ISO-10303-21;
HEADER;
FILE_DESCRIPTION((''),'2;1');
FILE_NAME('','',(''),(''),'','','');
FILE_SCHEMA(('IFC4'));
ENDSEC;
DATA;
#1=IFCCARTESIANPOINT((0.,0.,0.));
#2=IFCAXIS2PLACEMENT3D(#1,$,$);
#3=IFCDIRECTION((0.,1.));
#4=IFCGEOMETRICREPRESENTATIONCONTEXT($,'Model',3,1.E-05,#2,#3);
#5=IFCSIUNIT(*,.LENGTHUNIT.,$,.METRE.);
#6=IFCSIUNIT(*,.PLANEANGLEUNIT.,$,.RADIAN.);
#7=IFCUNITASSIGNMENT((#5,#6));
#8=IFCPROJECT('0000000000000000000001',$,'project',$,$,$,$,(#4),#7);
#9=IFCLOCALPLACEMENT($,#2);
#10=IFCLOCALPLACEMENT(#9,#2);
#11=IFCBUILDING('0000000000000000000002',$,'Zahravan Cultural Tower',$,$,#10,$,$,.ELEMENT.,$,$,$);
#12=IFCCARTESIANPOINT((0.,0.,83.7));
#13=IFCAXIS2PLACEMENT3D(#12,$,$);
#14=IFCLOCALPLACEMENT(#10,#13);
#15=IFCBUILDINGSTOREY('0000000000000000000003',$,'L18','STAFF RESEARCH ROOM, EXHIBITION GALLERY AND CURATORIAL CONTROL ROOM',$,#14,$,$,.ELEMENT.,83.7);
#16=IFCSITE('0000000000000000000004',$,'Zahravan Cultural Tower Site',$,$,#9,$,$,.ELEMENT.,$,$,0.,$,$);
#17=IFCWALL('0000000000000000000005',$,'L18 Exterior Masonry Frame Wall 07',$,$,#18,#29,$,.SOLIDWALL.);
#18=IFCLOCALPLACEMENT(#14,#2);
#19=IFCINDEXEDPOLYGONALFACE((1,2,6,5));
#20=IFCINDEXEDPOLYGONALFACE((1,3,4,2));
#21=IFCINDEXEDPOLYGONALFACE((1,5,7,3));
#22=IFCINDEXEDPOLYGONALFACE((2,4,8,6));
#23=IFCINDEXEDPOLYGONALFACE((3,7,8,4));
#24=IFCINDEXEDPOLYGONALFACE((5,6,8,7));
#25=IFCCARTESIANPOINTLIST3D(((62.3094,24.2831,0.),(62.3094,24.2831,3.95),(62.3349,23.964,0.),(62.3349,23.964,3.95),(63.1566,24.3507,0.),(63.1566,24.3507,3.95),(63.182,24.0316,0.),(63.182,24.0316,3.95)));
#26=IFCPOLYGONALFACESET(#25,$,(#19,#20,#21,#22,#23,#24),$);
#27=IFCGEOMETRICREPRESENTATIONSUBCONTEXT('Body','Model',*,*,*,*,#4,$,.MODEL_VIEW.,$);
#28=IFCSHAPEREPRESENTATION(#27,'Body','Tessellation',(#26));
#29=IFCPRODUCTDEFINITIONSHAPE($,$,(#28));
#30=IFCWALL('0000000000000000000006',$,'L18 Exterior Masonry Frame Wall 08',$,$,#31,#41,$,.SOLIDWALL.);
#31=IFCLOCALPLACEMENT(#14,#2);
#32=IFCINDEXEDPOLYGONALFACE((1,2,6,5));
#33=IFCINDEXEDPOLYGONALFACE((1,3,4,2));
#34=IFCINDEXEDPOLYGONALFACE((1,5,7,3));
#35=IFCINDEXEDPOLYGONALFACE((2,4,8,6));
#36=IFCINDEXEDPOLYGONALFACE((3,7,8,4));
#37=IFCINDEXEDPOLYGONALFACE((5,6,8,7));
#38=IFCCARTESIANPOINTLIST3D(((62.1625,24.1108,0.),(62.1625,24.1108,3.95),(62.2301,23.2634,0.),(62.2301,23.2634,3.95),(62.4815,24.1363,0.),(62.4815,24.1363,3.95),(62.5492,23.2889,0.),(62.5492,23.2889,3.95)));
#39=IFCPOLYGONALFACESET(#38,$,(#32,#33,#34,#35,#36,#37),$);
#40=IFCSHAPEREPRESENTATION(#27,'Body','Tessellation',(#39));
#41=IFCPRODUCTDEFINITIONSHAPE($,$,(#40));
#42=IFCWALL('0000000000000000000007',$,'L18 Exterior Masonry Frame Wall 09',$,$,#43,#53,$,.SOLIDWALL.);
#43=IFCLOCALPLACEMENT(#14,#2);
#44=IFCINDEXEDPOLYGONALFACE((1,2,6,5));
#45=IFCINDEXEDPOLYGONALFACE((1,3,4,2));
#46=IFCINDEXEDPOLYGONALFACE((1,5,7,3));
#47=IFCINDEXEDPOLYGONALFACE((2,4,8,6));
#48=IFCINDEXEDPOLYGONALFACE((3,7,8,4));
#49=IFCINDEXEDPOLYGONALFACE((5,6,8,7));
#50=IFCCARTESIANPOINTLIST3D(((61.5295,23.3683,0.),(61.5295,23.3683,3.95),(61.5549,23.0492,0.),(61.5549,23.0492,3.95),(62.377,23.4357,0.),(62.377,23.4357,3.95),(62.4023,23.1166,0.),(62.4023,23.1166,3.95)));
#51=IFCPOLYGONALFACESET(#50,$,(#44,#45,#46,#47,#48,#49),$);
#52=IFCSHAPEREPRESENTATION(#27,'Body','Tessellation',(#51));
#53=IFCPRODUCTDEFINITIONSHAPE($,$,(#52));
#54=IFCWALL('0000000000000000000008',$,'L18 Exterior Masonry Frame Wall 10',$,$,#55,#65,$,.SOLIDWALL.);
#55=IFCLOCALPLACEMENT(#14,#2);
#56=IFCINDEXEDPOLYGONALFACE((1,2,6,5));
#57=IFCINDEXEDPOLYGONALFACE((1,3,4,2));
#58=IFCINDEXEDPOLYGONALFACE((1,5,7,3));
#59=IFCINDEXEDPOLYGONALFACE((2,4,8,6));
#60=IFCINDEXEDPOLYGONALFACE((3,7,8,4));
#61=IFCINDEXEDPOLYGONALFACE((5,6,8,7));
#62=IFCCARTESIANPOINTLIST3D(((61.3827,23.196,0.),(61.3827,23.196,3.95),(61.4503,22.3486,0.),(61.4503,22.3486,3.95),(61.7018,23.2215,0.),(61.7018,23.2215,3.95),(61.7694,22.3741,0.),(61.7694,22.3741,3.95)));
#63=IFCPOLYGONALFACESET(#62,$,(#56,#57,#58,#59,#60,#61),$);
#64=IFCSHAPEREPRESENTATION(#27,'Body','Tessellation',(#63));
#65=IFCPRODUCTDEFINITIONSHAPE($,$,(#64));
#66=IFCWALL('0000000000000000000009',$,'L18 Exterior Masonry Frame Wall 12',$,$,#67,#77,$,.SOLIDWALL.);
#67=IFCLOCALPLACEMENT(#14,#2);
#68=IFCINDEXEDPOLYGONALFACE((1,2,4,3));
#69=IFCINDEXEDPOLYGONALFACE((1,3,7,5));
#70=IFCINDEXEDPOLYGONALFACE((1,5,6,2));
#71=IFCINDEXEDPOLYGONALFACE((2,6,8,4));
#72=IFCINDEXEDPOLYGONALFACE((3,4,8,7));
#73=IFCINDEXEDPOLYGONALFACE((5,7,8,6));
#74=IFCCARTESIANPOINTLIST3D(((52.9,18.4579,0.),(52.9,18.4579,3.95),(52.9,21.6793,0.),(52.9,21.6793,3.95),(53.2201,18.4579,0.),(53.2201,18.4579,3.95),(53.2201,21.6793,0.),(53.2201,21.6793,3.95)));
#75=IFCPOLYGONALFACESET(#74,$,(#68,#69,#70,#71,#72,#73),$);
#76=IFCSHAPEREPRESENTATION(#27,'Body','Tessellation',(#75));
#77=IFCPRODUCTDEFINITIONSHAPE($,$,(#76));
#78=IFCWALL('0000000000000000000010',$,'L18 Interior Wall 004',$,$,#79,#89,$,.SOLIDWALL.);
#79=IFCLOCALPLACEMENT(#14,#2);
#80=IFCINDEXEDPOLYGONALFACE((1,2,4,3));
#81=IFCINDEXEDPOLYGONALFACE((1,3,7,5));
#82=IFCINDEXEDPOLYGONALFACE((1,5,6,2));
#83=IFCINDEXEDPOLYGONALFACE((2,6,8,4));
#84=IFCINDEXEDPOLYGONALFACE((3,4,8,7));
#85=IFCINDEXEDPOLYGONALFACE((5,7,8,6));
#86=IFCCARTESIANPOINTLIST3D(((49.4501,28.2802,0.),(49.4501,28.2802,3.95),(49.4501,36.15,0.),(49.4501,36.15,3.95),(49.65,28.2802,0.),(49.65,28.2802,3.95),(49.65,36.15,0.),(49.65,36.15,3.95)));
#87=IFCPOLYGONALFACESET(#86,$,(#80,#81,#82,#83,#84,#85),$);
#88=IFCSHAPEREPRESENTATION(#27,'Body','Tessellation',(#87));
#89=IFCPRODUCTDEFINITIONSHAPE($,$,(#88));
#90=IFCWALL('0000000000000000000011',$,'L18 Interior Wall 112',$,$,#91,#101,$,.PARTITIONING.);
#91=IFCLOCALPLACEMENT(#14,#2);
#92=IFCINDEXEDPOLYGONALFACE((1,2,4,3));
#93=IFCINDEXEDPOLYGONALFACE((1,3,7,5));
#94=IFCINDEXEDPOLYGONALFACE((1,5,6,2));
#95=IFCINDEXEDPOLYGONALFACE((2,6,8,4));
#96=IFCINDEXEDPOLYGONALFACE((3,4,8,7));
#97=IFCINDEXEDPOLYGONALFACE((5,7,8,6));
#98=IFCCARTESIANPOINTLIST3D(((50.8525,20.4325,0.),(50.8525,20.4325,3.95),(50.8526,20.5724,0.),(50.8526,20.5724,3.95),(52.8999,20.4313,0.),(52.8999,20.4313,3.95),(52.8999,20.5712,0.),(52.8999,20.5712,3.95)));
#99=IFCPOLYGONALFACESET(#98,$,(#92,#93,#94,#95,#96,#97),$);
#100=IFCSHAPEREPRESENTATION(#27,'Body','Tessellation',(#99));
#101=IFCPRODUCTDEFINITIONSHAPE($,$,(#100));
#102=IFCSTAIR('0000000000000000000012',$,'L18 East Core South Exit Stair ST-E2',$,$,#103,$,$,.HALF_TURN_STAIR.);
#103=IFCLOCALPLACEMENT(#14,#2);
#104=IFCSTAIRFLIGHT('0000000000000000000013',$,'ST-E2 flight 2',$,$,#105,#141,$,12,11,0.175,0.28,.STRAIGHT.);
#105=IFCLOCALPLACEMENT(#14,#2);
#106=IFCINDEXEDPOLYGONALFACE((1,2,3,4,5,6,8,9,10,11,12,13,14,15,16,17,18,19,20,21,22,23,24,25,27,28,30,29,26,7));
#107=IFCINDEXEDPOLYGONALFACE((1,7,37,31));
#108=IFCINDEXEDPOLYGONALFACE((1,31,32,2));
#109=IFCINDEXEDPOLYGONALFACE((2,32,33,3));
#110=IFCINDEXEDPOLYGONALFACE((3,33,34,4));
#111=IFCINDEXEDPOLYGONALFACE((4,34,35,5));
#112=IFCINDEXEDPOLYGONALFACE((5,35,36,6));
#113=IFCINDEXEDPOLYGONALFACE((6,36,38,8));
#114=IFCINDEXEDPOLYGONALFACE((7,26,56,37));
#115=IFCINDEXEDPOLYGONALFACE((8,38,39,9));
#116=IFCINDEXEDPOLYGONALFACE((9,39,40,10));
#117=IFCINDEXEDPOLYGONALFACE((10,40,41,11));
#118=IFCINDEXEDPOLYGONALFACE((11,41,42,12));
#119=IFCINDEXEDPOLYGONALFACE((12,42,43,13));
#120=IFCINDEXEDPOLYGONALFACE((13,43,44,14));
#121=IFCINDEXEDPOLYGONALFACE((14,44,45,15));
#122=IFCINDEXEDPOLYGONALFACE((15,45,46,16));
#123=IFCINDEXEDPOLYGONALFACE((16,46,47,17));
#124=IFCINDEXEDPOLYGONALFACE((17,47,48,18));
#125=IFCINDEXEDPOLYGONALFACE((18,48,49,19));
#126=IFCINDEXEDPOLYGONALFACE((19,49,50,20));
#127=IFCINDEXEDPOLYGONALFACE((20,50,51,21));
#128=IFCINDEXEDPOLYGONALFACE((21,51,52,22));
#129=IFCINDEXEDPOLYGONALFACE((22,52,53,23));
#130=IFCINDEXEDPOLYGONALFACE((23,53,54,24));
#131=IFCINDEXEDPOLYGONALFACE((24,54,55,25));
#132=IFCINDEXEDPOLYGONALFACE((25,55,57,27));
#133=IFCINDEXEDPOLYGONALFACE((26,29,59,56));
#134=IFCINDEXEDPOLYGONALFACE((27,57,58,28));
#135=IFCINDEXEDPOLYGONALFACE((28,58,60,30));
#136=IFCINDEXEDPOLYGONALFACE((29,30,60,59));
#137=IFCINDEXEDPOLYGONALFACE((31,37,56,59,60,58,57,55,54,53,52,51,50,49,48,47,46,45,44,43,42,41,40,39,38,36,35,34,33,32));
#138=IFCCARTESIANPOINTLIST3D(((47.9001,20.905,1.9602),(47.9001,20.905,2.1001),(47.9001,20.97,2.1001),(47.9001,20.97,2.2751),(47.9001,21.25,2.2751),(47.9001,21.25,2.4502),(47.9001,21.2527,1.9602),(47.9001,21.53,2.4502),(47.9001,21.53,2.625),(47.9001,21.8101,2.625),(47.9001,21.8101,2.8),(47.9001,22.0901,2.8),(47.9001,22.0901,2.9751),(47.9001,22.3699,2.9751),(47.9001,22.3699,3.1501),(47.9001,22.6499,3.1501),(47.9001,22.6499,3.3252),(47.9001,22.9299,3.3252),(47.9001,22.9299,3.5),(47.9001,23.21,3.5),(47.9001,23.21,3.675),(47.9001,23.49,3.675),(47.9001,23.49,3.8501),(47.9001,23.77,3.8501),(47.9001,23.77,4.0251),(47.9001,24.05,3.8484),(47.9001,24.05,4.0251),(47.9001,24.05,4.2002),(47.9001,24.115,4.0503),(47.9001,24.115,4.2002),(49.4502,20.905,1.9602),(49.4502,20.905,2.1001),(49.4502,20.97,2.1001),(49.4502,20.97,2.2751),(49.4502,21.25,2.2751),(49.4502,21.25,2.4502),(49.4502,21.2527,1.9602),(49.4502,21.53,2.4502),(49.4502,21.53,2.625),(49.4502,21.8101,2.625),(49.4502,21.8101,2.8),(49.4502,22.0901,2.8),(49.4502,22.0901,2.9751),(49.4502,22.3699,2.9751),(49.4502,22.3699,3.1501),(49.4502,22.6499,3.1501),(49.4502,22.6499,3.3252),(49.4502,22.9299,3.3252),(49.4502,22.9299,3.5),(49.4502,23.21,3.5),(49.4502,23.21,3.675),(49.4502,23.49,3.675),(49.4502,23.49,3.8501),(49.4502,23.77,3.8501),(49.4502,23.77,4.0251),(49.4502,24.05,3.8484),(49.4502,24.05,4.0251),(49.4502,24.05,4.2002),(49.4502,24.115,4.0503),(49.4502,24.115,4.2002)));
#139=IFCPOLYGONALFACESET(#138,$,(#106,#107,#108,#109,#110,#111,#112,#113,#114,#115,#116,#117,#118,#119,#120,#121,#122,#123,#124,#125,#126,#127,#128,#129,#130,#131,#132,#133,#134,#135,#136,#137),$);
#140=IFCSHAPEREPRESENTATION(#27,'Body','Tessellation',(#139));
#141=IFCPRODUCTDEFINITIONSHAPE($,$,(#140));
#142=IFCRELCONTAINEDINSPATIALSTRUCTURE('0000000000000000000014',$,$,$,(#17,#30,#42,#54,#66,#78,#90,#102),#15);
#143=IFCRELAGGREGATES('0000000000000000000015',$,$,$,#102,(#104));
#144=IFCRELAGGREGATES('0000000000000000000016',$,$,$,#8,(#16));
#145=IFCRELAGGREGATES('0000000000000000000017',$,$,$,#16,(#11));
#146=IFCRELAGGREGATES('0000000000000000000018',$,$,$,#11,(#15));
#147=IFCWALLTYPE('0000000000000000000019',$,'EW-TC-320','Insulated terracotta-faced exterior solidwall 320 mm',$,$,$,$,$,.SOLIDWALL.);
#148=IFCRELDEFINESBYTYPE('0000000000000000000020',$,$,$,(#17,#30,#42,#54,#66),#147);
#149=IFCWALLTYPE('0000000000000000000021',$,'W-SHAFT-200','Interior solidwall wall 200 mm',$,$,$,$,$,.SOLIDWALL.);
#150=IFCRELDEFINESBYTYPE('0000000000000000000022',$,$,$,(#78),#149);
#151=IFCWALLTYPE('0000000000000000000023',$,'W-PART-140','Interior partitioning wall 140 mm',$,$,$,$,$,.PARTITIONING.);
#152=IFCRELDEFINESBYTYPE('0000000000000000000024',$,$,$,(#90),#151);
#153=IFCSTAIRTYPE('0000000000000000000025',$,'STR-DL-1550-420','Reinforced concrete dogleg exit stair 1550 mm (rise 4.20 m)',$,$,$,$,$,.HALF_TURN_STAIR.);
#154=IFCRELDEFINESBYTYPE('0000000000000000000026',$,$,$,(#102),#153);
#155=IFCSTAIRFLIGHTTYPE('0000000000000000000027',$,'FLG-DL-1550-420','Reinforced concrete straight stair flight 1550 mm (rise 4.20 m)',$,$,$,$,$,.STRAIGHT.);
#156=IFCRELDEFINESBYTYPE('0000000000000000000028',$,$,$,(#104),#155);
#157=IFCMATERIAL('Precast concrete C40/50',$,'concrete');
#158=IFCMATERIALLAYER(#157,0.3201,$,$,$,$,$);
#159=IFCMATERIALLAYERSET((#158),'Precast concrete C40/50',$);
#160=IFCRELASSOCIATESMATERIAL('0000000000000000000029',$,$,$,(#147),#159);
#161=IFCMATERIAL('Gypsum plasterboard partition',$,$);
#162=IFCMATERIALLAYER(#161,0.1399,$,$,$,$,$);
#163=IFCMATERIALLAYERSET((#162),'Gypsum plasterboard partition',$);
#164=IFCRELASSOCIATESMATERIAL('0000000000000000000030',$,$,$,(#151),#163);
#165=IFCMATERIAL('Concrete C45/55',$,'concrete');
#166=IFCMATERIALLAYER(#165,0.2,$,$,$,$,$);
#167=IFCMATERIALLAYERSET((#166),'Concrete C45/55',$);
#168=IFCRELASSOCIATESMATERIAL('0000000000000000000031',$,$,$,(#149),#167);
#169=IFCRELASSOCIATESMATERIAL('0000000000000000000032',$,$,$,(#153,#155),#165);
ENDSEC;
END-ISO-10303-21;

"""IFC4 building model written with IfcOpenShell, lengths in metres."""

from ifc_helpers import new_model, si_unit, direction, frame, frame_2d, origin, place, context, subcontext, project, spatial, polyline, rectangle, outline, extrude, source, transform, mapped, material, layer, layer_set, type_object, element, aggregate, save


model = new_model("IFC4")

# Units and contexts
model_context = context("Model", 3, precision=1e-05, world=origin(), true_north=direction((0.0, 1.0)))
body_context = subcontext(model_context, "Body", "Model", "MODEL_VIEW")
ifc_project = project(units=[si_unit("LENGTHUNIT", "METRE"), si_unit("PLANEANGLEUNIT", "RADIAN")], contexts=[model_context])

# Site, building, storey
site_placement = place(None, origin())
site = spatial("IfcSite", under=ifc_project, at=site_placement, Name="Zahravan Cultural Tower Site", CompositionType="ELEMENT", RefElevation=0.0)
building_placement = place(site_placement, origin())
building = spatial("IfcBuilding", under=site, at=building_placement, Name="Zahravan Cultural Tower", CompositionType="ELEMENT")
storey_placement = place(building_placement, frame((0.0, 0.0, 83.7)))
storey = spatial("IfcBuildingStorey", under=building, at=storey_placement, Name="L18", Description="STAFF RESEARCH ROOM, EXHIBITION GALLERY AND CURATORIAL CONTROL ROOM", CompositionType="ELEMENT", Elevation=83.7)

# Shared definitions
ifc_material_1 = material(Name="Precast concrete C40/50", Category="concrete")
ifc_layer_1 = layer(ifc_material_1, 0.3201)
ifc_layer_set_1 = layer_set([ifc_layer_1], Name="Precast concrete C40/50")
wall_type_1 = type_object("IfcWallType", Name="EW-TC-320", Description="Insulated terracotta-faced exterior solidwall 320 mm", PredefinedType="SOLIDWALL", material=ifc_layer_set_1)

# Shared definitions
ifc_material_2 = material(Name="Gypsum plasterboard partition")
ifc_layer_2 = layer(ifc_material_2, 0.1399)
ifc_layer_set_2 = layer_set([ifc_layer_2], Name="Gypsum plasterboard partition")
wall_type_2 = type_object("IfcWallType", Name="W-PART-140", Description="Interior partitioning wall 140 mm", PredefinedType="PARTITIONING", material=ifc_layer_set_2)

# Walls
shared_shape_1 = source(origin(), body_context, "Body", "SweptSolid", [
    extrude(rectangle(XDim=0.8499, YDim=0.3201, at=frame_2d((0.4248, 0.0))), origin(), (0.0, 0.0, 1.0), 3.95),
])
wall_1_placement = place(storey_placement, frame((63.1692, 24.1912, 0.0), z_axis=(0.0, 0.0, 1.0), x_axis=(-0.996829, -0.079574, 0.0)))
element("IfcWall", 1, at=wall_1_placement, inside=storey, type_object=wall_type_1, Name="L18 Exterior Masonry Frame Wall 07", PredefinedType="SOLIDWALL", context=body_context, shape_type="MappedRepresentation", body=[
    mapped(shared_shape_1, transform((0.0, 0.0, 0.0), x_axis=(1.0, 0.0, 0.0), y_axis=(0.0, 1.0, 0.0), z_axis=(0.0, 0.0, 1.0), scale=1.0)),
])
shared_shape_2 = source(origin(), body_context, "Body", "SweptSolid", [
    extrude(rectangle(XDim=0.8501, YDim=0.3201, at=frame_2d((0.425, 0.0))), origin(), (0.0, 0.0, 1.0), 3.95),
])
for number, where, z_axis, x_axis, name in (
    (2, (62.322, 24.1235, 0.0), (0.0, 0.0, 1.0), (0.079551, -0.996831, 0.0), "L18 Exterior Masonry Frame Wall 08"),
    (3, (62.3896, 23.2761, 0.0), (0.0, 0.0, 1.0), (-0.996854, -0.079266, 0.0), "L18 Exterior Masonry Frame Wall 09"),
    (4, (61.5422, 23.2087, 0.0), (0.0, 0.0, 1.0), (0.079551, -0.996831, 0.0), "L18 Exterior Masonry Frame Wall 10"),
):
    element("IfcWall", number, at=place(storey_placement, frame(where, z_axis=z_axis, x_axis=x_axis)), inside=storey, type_object=wall_type_1, Name=name, PredefinedType="SOLIDWALL", context=body_context, shape_type="MappedRepresentation", body=[
        mapped(shared_shape_2, transform((0.0, 0.0, 0.0), x_axis=(1.0, 0.0, 0.0), y_axis=(0.0, 1.0, 0.0), z_axis=(0.0, 0.0, 1.0), scale=1.0)),
    ])
shared_shape_3 = source(origin(), body_context, "Body", "SweptSolid", [
    extrude(rectangle(XDim=3.2214, YDim=0.3201, at=frame_2d((1.6108, 0.0))), origin(), (0.0, 0.0, 1.0), 3.95),
])
wall_2_placement = place(storey_placement, frame((53.0601, 21.6794, 0.0), z_axis=(0.0, 0.0, 1.0), x_axis=(0.0, -1.0, 0.0)))
element("IfcWall", 5, at=wall_2_placement, inside=storey, type_object=wall_type_1, Name="L18 Exterior Masonry Frame Wall 12", PredefinedType="SOLIDWALL", context=body_context, shape_type="MappedRepresentation", body=[
    mapped(shared_shape_3, transform((0.0, 0.0, 0.0), x_axis=(1.0, 0.0, 0.0), y_axis=(0.0, 1.0, 0.0), z_axis=(0.0, 0.0, 1.0), scale=1.0)),
])
ifc_material_3 = material(Name="Concrete C45/55", Category="concrete")
ifc_layer_3 = layer(ifc_material_3, 0.2)
ifc_layer_set_3 = layer_set([ifc_layer_3], Name="Concrete C45/55")
wall_type_3 = type_object("IfcWallType", Name="W-SHAFT-200", Description="Interior solidwall wall 200 mm", PredefinedType="SOLIDWALL", material=ifc_layer_set_3)
shared_shape_4 = source(origin(), body_context, "Body", "SweptSolid", [
    extrude(rectangle(XDim=7.8699, YDim=0.2, at=frame_2d((3.9351, 0.0))), origin(), (0.0, 0.0, 1.0), 3.95),
])
wall_3_placement = place(storey_placement, frame((49.55, 28.28, 0.0), z_axis=(0.0, 0.0, 1.0), x_axis=(0.0, 1.0, 0.0)))
element("IfcWall", 6, at=wall_3_placement, inside=storey, type_object=wall_type_3, Name="L18 Interior Wall 004", PredefinedType="SOLIDWALL", context=body_context, shape_type="MappedRepresentation", body=[
    mapped(shared_shape_4, transform((0.0, 0.0, 0.0), x_axis=(1.0, 0.0, 0.0), y_axis=(0.0, 1.0, 0.0), z_axis=(0.0, 0.0, 1.0), scale=1.0)),
])
shared_shape_5 = source(origin(), body_context, "Body", "SweptSolid", [
    extrude(rectangle(XDim=2.0474, YDim=0.1399, at=frame_2d((1.0237, 0.0))), origin(), (0.0, 0.0, 1.0), 3.95),
])
wall_4_placement = place(storey_placement, frame((50.8525, 20.5024, 0.0), z_axis=(0.0, 0.0, 1.0), x_axis=(1.0, -0.000596, 0.0)))
element("IfcWall", 7, at=wall_4_placement, inside=storey, type_object=wall_type_2, Name="L18 Interior Wall 112", PredefinedType="PARTITIONING", context=body_context, shape_type="MappedRepresentation", body=[
    mapped(shared_shape_5, transform((0.0, 0.0, 0.0), x_axis=(1.0, 0.0, 0.0), y_axis=(0.0, 1.0, 0.0), z_axis=(0.0, 0.0, 1.0), scale=1.0)),
])

# Stair, stair flight
stair_type = type_object("IfcStairType", Name="STR-DL-1550-420", Description="Reinforced concrete dogleg exit stair 1550 mm (rise 4.20 m)", PredefinedType="HALF_TURN_STAIR", material=ifc_material_3)
stair_placement = place(storey_placement, origin())
stair = element("IfcStair", 8, at=stair_placement, inside=storey, type_object=stair_type, Name="L18 East Core South Exit Stair ST-E2", PredefinedType="HALF_TURN_STAIR")
stair_flight_type = type_object("IfcStairFlightType", Name="FLG-DL-1550-420", Description="Reinforced concrete straight stair flight 1550 mm (rise 4.20 m)", PredefinedType="STRAIGHT", material=ifc_material_3)
stair_flight_placement = place(storey_placement, frame((48.675, 20.97, 2.1001), z_axis=(0.0, 0.0, 1.0), x_axis=(0.0, 1.0, 0.0)))
stair_flight = element("IfcStairFlight", 9, at=stair_flight_placement, type_object=stair_flight_type, Name="ST-E2 flight 2", NumberOfRisers=12, NumberOfTreads=11, PredefinedType="STRAIGHT", RiserHeight=0.175, TreadLength=0.28, context=body_context, shape_type="SweptSolid", body=[
    extrude(outline(polyline([(-0.0649, -0.1399), (-0.0649, 0.0), (0.0, 0.0), (0.0, 0.175), (0.28, 0.175), (0.28, 0.3501), (0.5601, 0.3501), (0.5601, 0.5249), (0.8401, 0.5249), (0.8401, 0.7), (1.1201, 0.7), (1.1201, 0.875), (1.3999, 0.875), (1.3999, 1.05), (1.6799, 1.05), (1.6799, 1.2251), (1.96, 1.2251), (1.96, 1.3999), (2.24, 1.3999), (2.24, 1.575), (2.52, 1.575), (2.52, 1.75), (2.8, 1.75), (2.8, 1.925), (3.0801, 1.925), (3.0801, 2.1001), (3.145, 2.1001), (3.145, 1.9502), (3.0801, 1.7483), (0.2827, -0.1399), (-0.0649, -0.1399)])), frame((0.0, 0.7749, 0.0), z_axis=(0.0, -1.0, 0.0), x_axis=(1.0, 0.0, 0.0)), (0.0, 0.0, 1.0), 1.55),
])
aggregate(stair, [stair_flight])

save(model, "model.ifc")
